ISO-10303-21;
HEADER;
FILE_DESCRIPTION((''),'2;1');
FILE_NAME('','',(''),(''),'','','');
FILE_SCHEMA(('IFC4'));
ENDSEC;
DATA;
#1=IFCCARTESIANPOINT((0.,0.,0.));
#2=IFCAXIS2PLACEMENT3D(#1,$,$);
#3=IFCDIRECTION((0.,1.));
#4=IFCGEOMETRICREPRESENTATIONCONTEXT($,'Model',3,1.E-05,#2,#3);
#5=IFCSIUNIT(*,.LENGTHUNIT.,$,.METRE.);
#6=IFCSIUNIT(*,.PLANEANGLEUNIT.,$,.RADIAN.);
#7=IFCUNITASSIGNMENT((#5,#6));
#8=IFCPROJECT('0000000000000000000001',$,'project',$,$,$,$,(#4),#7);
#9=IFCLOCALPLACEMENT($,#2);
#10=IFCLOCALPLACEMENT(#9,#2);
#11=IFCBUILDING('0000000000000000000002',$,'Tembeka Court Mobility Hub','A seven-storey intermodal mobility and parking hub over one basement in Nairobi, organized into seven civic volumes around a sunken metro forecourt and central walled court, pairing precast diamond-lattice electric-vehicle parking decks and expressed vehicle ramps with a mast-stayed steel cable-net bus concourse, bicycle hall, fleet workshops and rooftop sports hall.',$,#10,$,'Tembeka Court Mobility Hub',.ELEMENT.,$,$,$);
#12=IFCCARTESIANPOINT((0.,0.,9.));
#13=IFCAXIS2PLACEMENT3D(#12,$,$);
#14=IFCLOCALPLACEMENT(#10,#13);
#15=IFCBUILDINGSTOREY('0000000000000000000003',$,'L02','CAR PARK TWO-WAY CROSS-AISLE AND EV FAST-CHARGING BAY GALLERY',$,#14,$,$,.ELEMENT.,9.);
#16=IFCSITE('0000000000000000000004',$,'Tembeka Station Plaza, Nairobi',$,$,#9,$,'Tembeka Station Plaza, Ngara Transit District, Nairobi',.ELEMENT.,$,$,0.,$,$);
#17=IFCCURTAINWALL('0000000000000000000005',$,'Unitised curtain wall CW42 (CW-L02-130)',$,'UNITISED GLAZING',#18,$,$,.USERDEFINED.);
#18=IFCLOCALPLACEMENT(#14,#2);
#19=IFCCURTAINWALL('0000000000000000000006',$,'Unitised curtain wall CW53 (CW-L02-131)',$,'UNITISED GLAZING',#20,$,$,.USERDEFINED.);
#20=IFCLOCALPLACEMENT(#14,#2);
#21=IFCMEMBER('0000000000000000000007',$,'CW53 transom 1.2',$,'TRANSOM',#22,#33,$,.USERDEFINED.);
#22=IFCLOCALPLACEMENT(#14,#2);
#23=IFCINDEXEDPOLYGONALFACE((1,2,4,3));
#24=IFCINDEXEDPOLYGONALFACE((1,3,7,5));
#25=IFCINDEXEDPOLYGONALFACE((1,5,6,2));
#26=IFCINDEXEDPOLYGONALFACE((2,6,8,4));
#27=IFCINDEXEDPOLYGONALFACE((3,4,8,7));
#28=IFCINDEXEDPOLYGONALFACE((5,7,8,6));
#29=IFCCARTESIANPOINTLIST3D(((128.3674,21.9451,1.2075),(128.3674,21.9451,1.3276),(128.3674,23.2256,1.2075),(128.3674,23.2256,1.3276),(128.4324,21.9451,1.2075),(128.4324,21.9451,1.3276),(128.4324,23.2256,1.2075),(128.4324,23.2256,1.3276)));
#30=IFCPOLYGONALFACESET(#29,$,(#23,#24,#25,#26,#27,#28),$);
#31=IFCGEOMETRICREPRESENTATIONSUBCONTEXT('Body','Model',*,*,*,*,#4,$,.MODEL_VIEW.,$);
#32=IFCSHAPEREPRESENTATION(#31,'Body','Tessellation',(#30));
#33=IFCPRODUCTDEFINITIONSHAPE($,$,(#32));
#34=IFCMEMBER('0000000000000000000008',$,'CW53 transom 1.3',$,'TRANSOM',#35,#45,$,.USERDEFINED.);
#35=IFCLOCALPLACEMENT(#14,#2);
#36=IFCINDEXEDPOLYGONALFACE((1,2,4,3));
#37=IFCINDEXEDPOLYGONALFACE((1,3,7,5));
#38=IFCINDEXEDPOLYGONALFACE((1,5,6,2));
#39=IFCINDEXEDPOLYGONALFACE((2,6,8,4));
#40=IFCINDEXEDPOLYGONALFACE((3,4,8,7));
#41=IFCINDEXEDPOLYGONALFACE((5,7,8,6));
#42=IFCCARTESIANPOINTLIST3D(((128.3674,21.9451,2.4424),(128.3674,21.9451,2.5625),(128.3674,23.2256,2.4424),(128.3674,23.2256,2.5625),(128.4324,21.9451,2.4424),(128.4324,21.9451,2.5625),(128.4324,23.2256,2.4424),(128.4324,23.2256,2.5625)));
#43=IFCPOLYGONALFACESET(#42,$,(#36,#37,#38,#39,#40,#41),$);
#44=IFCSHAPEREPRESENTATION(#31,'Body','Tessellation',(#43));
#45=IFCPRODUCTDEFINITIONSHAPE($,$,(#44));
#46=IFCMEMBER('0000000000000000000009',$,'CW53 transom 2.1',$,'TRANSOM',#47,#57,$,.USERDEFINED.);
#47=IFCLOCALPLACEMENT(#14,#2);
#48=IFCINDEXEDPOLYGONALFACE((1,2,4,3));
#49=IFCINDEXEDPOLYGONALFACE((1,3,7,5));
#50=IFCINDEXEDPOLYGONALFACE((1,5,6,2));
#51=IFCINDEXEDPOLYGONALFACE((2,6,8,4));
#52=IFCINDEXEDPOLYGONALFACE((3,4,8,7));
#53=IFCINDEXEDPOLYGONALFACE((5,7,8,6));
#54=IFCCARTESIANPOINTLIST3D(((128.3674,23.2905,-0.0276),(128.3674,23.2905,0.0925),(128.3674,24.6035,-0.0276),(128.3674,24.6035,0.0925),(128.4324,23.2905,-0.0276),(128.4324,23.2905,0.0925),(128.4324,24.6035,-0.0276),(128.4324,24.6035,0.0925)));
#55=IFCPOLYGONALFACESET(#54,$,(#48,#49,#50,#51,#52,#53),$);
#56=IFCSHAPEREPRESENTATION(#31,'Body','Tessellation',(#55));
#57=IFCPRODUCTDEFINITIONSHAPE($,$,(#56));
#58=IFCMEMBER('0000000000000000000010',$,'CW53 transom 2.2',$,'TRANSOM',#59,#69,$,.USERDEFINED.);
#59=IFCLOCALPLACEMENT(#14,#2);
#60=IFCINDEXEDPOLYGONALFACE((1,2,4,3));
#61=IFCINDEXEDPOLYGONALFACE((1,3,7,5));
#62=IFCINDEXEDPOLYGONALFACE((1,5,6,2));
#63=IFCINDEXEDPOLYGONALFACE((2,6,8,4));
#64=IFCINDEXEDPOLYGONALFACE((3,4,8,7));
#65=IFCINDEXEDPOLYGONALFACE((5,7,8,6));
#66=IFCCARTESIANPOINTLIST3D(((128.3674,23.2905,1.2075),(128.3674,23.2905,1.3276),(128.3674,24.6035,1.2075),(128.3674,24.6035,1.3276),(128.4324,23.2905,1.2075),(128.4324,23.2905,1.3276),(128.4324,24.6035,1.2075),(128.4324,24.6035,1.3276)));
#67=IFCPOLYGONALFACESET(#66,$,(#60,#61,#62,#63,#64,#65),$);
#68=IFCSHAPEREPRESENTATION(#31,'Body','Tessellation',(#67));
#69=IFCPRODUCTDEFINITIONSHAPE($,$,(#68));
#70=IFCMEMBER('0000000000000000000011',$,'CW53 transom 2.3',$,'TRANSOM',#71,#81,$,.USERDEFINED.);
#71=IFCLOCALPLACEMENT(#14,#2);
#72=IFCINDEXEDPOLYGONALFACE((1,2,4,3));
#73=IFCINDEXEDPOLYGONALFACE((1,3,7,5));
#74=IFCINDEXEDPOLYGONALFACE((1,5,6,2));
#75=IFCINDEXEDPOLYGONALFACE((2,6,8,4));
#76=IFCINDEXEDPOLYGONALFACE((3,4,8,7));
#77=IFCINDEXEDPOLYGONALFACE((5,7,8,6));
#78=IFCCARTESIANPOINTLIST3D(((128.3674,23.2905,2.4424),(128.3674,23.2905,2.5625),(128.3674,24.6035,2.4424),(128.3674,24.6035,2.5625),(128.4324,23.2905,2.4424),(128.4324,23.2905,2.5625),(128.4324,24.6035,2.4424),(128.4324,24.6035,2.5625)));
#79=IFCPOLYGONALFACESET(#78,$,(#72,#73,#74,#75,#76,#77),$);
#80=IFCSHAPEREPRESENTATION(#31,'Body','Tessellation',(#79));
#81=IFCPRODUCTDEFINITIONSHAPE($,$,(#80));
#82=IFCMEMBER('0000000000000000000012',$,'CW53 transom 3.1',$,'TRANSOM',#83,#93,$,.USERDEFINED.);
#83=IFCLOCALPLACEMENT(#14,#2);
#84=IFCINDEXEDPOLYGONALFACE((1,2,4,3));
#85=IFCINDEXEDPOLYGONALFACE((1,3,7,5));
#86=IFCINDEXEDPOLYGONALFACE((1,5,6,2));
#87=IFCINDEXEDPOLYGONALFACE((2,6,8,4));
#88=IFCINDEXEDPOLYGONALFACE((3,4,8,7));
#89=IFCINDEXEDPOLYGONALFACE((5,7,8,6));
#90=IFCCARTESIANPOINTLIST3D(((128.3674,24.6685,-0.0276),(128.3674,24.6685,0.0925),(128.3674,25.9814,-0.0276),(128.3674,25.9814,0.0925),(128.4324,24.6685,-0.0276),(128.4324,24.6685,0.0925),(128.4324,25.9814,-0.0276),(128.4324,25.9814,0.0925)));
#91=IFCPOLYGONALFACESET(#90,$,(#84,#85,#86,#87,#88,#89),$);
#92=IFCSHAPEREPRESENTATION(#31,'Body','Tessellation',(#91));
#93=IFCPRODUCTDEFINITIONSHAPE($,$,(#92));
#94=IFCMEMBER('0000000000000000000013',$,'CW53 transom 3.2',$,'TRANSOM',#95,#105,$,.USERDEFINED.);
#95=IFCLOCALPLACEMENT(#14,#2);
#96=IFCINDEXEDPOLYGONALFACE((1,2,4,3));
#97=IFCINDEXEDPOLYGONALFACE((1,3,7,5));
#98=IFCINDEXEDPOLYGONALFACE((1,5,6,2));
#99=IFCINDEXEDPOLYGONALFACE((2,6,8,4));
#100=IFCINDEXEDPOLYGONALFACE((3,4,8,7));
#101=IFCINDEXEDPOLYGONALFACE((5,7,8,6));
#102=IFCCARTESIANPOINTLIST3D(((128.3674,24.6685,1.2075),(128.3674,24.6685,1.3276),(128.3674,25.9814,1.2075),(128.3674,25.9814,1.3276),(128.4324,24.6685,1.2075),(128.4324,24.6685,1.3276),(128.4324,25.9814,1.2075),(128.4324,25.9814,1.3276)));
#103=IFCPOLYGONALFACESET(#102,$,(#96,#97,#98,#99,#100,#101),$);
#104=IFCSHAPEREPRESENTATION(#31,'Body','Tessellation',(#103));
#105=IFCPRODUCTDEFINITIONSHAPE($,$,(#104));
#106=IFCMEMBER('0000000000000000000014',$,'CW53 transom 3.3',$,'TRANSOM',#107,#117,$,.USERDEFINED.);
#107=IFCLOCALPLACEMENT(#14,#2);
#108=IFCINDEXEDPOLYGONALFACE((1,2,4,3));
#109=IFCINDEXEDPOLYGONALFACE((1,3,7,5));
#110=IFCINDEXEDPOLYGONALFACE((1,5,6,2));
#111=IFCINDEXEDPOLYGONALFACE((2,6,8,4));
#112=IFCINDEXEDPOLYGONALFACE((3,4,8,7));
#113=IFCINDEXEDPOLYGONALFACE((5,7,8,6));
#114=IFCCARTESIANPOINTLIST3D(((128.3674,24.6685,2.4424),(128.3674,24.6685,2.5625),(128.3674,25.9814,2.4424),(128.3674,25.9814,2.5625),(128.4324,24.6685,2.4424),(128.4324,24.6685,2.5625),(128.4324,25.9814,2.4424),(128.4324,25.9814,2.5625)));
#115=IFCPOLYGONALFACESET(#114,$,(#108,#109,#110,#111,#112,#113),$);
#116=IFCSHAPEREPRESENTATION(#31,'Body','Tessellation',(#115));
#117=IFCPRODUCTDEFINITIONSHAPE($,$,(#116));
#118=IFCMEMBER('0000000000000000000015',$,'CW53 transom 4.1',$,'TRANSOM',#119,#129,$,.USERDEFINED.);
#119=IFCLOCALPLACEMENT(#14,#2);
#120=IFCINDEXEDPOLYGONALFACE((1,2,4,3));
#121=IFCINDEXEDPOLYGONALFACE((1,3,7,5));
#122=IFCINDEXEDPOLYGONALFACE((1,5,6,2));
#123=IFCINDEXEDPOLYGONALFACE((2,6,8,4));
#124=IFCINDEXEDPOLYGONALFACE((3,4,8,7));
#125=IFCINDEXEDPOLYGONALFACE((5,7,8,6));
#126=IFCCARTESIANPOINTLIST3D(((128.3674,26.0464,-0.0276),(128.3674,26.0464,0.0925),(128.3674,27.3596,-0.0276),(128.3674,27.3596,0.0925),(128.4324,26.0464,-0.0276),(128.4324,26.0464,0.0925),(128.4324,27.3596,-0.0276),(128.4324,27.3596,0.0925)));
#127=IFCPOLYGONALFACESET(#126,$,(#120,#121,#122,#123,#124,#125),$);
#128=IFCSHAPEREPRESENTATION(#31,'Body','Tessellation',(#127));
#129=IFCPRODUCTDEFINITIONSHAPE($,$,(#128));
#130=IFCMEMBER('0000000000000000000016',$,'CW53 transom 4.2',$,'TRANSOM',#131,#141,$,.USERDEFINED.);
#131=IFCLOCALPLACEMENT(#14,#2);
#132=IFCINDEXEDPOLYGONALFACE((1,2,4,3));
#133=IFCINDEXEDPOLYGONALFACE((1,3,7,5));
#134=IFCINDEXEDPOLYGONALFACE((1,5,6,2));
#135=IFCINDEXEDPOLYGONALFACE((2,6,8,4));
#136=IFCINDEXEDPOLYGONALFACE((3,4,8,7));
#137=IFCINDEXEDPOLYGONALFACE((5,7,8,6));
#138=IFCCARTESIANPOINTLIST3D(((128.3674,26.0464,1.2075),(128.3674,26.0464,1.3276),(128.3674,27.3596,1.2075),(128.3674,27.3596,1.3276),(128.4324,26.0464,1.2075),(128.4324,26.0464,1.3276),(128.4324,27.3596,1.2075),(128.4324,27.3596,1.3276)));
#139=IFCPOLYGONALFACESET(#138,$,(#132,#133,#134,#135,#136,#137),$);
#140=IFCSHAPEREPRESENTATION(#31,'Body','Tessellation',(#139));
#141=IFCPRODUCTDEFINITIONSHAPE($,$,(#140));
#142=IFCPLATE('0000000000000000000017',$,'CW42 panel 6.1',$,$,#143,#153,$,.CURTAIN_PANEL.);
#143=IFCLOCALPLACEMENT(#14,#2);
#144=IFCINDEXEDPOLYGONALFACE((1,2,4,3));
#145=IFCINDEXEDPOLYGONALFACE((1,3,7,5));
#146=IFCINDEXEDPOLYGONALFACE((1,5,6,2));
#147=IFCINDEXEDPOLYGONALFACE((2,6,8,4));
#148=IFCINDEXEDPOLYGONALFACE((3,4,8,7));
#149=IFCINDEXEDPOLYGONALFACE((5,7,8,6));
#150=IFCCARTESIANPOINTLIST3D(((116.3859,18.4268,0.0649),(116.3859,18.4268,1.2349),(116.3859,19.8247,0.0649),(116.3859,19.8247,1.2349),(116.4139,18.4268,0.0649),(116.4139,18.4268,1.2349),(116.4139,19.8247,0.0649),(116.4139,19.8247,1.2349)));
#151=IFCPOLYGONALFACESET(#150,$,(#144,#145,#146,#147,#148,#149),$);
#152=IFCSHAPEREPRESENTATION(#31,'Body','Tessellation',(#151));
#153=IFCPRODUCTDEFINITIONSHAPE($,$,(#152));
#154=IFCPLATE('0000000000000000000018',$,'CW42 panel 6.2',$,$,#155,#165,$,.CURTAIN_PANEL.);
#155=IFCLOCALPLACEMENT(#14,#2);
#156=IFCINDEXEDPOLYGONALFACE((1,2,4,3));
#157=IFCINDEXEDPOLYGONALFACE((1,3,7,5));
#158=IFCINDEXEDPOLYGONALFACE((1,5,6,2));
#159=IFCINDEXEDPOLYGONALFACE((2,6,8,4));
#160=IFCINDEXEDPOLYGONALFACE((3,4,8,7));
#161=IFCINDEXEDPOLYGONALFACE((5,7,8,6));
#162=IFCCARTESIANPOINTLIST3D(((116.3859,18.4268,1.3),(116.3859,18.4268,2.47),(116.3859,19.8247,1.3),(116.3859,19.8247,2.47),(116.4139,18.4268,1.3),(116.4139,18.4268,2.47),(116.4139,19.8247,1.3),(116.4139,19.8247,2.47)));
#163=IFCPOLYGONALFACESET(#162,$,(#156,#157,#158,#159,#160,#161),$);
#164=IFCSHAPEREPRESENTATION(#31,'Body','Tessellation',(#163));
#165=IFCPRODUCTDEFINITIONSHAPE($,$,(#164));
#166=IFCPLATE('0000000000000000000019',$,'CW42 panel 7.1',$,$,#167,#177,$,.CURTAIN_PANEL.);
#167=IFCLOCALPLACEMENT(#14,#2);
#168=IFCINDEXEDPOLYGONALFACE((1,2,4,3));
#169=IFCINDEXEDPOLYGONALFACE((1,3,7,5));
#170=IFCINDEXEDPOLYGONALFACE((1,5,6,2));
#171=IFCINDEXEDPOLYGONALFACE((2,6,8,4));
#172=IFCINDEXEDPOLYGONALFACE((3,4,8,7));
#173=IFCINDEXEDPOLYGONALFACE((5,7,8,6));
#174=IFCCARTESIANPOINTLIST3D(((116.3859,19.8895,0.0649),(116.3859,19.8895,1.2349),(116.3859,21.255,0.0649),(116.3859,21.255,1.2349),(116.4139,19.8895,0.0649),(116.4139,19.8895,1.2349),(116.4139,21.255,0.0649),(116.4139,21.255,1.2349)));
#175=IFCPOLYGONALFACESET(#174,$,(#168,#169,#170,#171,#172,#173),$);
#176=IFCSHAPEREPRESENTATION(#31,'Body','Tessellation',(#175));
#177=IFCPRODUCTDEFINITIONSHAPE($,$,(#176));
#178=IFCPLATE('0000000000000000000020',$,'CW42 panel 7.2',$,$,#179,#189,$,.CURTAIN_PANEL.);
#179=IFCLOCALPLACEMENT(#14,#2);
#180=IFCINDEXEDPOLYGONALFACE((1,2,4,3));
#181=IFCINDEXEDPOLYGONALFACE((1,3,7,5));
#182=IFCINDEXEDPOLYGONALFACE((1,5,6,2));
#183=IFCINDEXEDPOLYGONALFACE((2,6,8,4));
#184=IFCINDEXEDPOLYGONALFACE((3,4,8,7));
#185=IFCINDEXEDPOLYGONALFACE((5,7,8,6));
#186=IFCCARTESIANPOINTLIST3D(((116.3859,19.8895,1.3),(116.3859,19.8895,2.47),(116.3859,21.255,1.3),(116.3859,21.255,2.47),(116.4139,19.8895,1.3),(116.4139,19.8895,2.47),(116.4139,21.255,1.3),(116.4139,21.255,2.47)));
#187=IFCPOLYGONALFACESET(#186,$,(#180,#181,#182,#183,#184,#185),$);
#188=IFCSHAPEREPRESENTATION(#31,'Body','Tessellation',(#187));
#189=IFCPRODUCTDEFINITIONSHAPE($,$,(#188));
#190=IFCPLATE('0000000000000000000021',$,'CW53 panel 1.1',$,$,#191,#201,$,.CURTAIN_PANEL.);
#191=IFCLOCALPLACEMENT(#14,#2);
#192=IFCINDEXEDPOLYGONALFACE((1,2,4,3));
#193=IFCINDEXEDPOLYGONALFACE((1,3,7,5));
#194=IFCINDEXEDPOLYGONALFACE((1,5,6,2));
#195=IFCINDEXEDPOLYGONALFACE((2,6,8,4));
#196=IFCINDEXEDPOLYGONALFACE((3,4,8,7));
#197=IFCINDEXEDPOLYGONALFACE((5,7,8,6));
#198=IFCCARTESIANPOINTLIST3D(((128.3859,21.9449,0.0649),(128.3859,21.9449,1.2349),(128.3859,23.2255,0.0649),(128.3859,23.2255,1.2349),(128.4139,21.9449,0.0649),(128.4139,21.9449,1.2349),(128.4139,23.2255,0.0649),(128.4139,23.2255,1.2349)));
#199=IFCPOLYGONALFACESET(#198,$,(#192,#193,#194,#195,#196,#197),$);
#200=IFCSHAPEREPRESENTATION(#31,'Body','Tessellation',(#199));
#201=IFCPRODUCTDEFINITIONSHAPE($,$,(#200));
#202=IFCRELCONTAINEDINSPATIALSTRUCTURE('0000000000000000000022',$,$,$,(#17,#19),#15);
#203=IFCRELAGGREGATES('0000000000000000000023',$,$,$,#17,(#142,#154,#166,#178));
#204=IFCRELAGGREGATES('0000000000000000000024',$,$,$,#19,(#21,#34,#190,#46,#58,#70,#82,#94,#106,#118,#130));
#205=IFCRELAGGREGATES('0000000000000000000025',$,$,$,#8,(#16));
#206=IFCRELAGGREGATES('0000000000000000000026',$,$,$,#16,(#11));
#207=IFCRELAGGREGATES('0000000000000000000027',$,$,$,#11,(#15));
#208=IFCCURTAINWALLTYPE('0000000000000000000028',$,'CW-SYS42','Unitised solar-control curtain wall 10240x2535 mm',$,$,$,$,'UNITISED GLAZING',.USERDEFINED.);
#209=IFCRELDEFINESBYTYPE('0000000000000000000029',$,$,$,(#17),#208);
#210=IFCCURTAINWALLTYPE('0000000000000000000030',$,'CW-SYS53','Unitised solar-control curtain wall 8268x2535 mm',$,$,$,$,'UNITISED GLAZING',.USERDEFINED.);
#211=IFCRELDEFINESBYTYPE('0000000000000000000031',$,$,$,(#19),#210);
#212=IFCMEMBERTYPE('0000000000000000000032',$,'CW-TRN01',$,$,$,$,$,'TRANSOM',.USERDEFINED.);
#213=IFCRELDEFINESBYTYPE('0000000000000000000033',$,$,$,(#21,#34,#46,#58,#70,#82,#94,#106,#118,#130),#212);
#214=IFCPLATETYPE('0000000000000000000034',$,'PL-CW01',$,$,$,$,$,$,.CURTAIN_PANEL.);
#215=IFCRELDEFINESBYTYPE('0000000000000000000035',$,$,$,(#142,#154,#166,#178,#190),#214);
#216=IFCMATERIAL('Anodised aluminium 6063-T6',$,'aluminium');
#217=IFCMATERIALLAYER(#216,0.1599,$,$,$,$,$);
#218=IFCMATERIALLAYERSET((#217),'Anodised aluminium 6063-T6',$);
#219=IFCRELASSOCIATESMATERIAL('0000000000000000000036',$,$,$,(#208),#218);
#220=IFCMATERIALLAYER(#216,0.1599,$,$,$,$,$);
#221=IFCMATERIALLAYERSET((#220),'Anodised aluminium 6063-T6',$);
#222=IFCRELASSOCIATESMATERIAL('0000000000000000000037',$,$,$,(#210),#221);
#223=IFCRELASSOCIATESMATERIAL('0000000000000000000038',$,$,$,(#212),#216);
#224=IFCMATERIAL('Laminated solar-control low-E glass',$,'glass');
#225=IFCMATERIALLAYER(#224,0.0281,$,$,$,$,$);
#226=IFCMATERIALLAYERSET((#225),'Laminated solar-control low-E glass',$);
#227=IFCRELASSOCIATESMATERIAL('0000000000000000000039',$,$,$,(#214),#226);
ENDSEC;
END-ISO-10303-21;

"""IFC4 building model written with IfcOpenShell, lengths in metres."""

from ifc_helpers import new_model, si_unit, direction, frame, origin, origin_2d, place, context, subcontext, project, spatial, rectangle, extrude, material, layer, layer_set, material_profile, profile_set, type_object, element, aggregate, save


model = new_model("IFC4")

# Units and contexts
model_context = context("Model", 3, precision=1e-05, world=origin(), true_north=direction((0.0, 1.0)))
body_context = subcontext(model_context, "Body", "Model", "MODEL_VIEW")
ifc_project = project(units=[si_unit("LENGTHUNIT", "METRE"), si_unit("PLANEANGLEUNIT", "RADIAN")], contexts=[model_context])

# Site, building, storey
site_placement = place(None, origin())
site = spatial("IfcSite", under=ifc_project, at=site_placement, Name="Tembeka Station Plaza, Nairobi", LongName="Tembeka Station Plaza, Ngara Transit District, Nairobi", CompositionType="ELEMENT", RefElevation=0.0)
building_placement = place(site_placement, origin())
building = spatial("IfcBuilding", under=site, at=building_placement, Name="Tembeka Court Mobility Hub", Description="A seven-storey intermodal mobility and parking hub over one basement in Nairobi, organized into seven civic volumes around a sunken metro forecourt and central walled court, pairing precast diamond-lattice electric-vehicle parking decks and expressed vehicle ramps with a mast-stayed steel cable-net bus concourse, bicycle hall, fleet workshops and rooftop sports hall.", LongName="Tembeka Court Mobility Hub", CompositionType="ELEMENT")
storey_placement = place(building_placement, frame((0.0, 0.0, 9.0)))
storey = spatial("IfcBuildingStorey", under=building, at=storey_placement, Name="L02", Description="CAR PARK TWO-WAY CROSS-AISLE AND EV FAST-CHARGING BAY GALLERY", CompositionType="ELEMENT", Elevation=9.0)

# Curtain walls
ifc_material_1 = material(Name="Anodised aluminium 6063-T6", Category="aluminium")
ifc_layer_1 = layer(ifc_material_1, 0.1599)
ifc_layer_set_1 = layer_set([ifc_layer_1], Name="Anodised aluminium 6063-T6")
curtain_wall_type_1 = type_object("IfcCurtainWallType", Name="CW-SYS42", Description="Unitised solar-control curtain wall 10240x2535 mm", ElementType="UNITISED GLAZING", PredefinedType="USERDEFINED", material=ifc_layer_set_1)
curtain_wall_1_placement = place(storey_placement, origin())
curtain_wall_1 = element("IfcCurtainWall", 1, at=curtain_wall_1_placement, inside=storey, type_object=curtain_wall_type_1, Name="Unitised curtain wall CW42 (CW-L02-130)", ObjectType="UNITISED GLAZING", PredefinedType="USERDEFINED")
ifc_layer_2 = layer(ifc_material_1, 0.1599)
ifc_layer_set_2 = layer_set([ifc_layer_2], Name="Anodised aluminium 6063-T6")
curtain_wall_type_2 = type_object("IfcCurtainWallType", Name="CW-SYS53", Description="Unitised solar-control curtain wall 8268x2535 mm", ElementType="UNITISED GLAZING", PredefinedType="USERDEFINED", material=ifc_layer_set_2)
curtain_wall_2_placement = place(storey_placement, origin())
curtain_wall_2 = element("IfcCurtainWall", 2, at=curtain_wall_2_placement, inside=storey, type_object=curtain_wall_type_2, Name="Unitised curtain wall CW53 (CW-L02-131)", ObjectType="UNITISED GLAZING", PredefinedType="USERDEFINED")

# Members
ifc_material_profile_1 = material_profile(ifc_material_1, rectangle(XDim=0.0649, YDim=0.1201, at=origin_2d()), Name="ALU-TRN 65x120")
ifc_profile_set_1 = profile_set([ifc_material_profile_1], Name="Anodised aluminium 6063-T6")
member_type_1 = type_object("IfcMemberType", Name="CW-TRN01", ElementType="TRANSOM", PredefinedType="USERDEFINED", material=ifc_profile_set_1)
member_1_placement = place(storey_placement, frame((128.3999, 21.9451, 1.2676), z_axis=(0.0, 1.0, 0.0), x_axis=(-1.0, 0.0, 0.0)))
member_1 = element("IfcMember", 3, at=member_1_placement, type_object=member_type_1, Name="CW53 transom 1.2", ObjectType="TRANSOM", PredefinedType="USERDEFINED", context=body_context, shape_type="SweptSolid", body=[
    extrude(rectangle(XDim=0.0649, YDim=0.1201, at=origin_2d()), origin(), (0.0, 0.0, 1.0), 1.2805),
])
member_2_placement = place(storey_placement, frame((128.3999, 21.9451, 2.5024), z_axis=(0.0, 1.0, 0.0), x_axis=(-1.0, 0.0, 0.0)))
member_2 = element("IfcMember", 4, at=member_2_placement, type_object=member_type_1, Name="CW53 transom 1.3", ObjectType="TRANSOM", PredefinedType="USERDEFINED", context=body_context, shape_type="SweptSolid", body=[
    extrude(rectangle(XDim=0.0649, YDim=0.1201, at=origin_2d()), origin(), (0.0, 0.0, 1.0), 1.2805),
])
member_3_placement = place(storey_placement, frame((128.3999, 23.2905, 0.0325), z_axis=(0.0, 1.0, 0.0), x_axis=(-1.0, 0.0, 0.0)))
member_3 = element("IfcMember", 5, at=member_3_placement, type_object=member_type_1, Name="CW53 transom 2.1", ObjectType="TRANSOM", PredefinedType="USERDEFINED", context=body_context, shape_type="SweptSolid", body=[
    extrude(rectangle(XDim=0.0649, YDim=0.1201, at=origin_2d()), origin(), (0.0, 0.0, 1.0), 1.313),
])
member_4_placement = place(storey_placement, frame((128.3999, 23.2905, 1.2676), z_axis=(0.0, 1.0, 0.0), x_axis=(-1.0, 0.0, 0.0)))
member_4 = element("IfcMember", 6, at=member_4_placement, type_object=member_type_1, Name="CW53 transom 2.2", ObjectType="TRANSOM", PredefinedType="USERDEFINED", context=body_context, shape_type="SweptSolid", body=[
    extrude(rectangle(XDim=0.0649, YDim=0.1201, at=origin_2d()), origin(), (0.0, 0.0, 1.0), 1.313),
])
member_5_placement = place(storey_placement, frame((128.3999, 23.2905, 2.5024), z_axis=(0.0, 1.0, 0.0), x_axis=(-1.0, 0.0, 0.0)))
member_5 = element("IfcMember", 7, at=member_5_placement, type_object=member_type_1, Name="CW53 transom 2.3", ObjectType="TRANSOM", PredefinedType="USERDEFINED", context=body_context, shape_type="SweptSolid", body=[
    extrude(rectangle(XDim=0.0649, YDim=0.1201, at=origin_2d()), origin(), (0.0, 0.0, 1.0), 1.313),
])
member_6_placement = place(storey_placement, frame((128.3999, 24.6685, 0.0325), z_axis=(0.0, 1.0, 0.0), x_axis=(-1.0, 0.0, 0.0)))
member_6 = element("IfcMember", 8, at=member_6_placement, type_object=member_type_1, Name="CW53 transom 3.1", ObjectType="TRANSOM", PredefinedType="USERDEFINED", context=body_context, shape_type="SweptSolid", body=[
    extrude(rectangle(XDim=0.0649, YDim=0.1201, at=origin_2d()), origin(), (0.0, 0.0, 1.0), 1.313),
])
member_7_placement = place(storey_placement, frame((128.3999, 24.6685, 1.2676), z_axis=(0.0, 1.0, 0.0), x_axis=(-1.0, 0.0, 0.0)))
member_7 = element("IfcMember", 9, at=member_7_placement, type_object=member_type_1, Name="CW53 transom 3.2", ObjectType="TRANSOM", PredefinedType="USERDEFINED", context=body_context, shape_type="SweptSolid", body=[
    extrude(rectangle(XDim=0.0649, YDim=0.1201, at=origin_2d()), origin(), (0.0, 0.0, 1.0), 1.313),
])
member_8_placement = place(storey_placement, frame((128.3999, 24.6685, 2.5024), z_axis=(0.0, 1.0, 0.0), x_axis=(-1.0, 0.0, 0.0)))
member_8 = element("IfcMember", 10, at=member_8_placement, type_object=member_type_1, Name="CW53 transom 3.3", ObjectType="TRANSOM", PredefinedType="USERDEFINED", context=body_context, shape_type="SweptSolid", body=[
    extrude(rectangle(XDim=0.0649, YDim=0.1201, at=origin_2d()), origin(), (0.0, 0.0, 1.0), 1.313),
])
member_9_placement = place(storey_placement, frame((128.3999, 26.0464, 0.0325), z_axis=(0.0, 1.0, 0.0), x_axis=(-1.0, 0.0, 0.0)))
member_9 = element("IfcMember", 11, at=member_9_placement, type_object=member_type_1, Name="CW53 transom 4.1", ObjectType="TRANSOM", PredefinedType="USERDEFINED", context=body_context, shape_type="SweptSolid", body=[
    extrude(rectangle(XDim=0.0649, YDim=0.1201, at=origin_2d()), origin(), (0.0, 0.0, 1.0), 1.3132),
])
member_10_placement = place(storey_placement, frame((128.3999, 26.0464, 1.2676), z_axis=(0.0, 1.0, 0.0), x_axis=(-1.0, 0.0, 0.0)))
member_10 = element("IfcMember", 12, at=member_10_placement, type_object=member_type_1, Name="CW53 transom 4.2", ObjectType="TRANSOM", PredefinedType="USERDEFINED", context=body_context, shape_type="SweptSolid", body=[
    extrude(rectangle(XDim=0.0649, YDim=0.1201, at=origin_2d()), origin(), (0.0, 0.0, 1.0), 1.3132),
])

# Plates
ifc_material_2 = material(Name="Laminated solar-control low-E glass", Category="glass")
ifc_layer_3 = layer(ifc_material_2, 0.0281)
ifc_layer_set_3 = layer_set([ifc_layer_3], Name="Laminated solar-control low-E glass")
plate_type = type_object("IfcPlateType", Name="PL-CW01", PredefinedType="CURTAIN_PANEL", material=ifc_layer_set_3)
plate_1_placement = place(storey_placement, frame((116.3999, 19.1257, 0.0649), z_axis=(0.0, 0.0, 1.0), x_axis=(0.0, 1.0, 0.0)))
plate_1 = element("IfcPlate", 13, at=plate_1_placement, type_object=plate_type, Name="CW42 panel 6.1", PredefinedType="CURTAIN_PANEL", context=body_context, shape_type="SweptSolid", body=[
    extrude(rectangle(XDim=1.3979, YDim=0.0281, at=origin_2d()), origin(), (0.0, 0.0, 1.0), 1.1699),
])
plate_2_placement = place(storey_placement, frame((116.3999, 19.1257, 1.3), z_axis=(0.0, 0.0, 1.0), x_axis=(0.0, 1.0, 0.0)))
plate_2 = element("IfcPlate", 14, at=plate_2_placement, type_object=plate_type, Name="CW42 panel 6.2", PredefinedType="CURTAIN_PANEL", context=body_context, shape_type="SweptSolid", body=[
    extrude(rectangle(XDim=1.3979, YDim=0.0281, at=origin_2d()), origin(), (0.0, 0.0, 1.0), 1.1699),
])
plate_3_placement = place(storey_placement, frame((116.3999, 20.5723, 0.0649), z_axis=(0.0, 0.0, 1.0), x_axis=(0.0, 1.0, 0.0)))
plate_3 = element("IfcPlate", 15, at=plate_3_placement, type_object=plate_type, Name="CW42 panel 7.1", PredefinedType="CURTAIN_PANEL", context=body_context, shape_type="SweptSolid", body=[
    extrude(rectangle(XDim=1.3655, YDim=0.0281, at=origin_2d()), origin(), (0.0, 0.0, 1.0), 1.1699),
])
plate_4_placement = place(storey_placement, frame((116.3999, 20.5723, 1.3), z_axis=(0.0, 0.0, 1.0), x_axis=(0.0, 1.0, 0.0)))
plate_4 = element("IfcPlate", 16, at=plate_4_placement, type_object=plate_type, Name="CW42 panel 7.2", PredefinedType="CURTAIN_PANEL", context=body_context, shape_type="SweptSolid", body=[
    extrude(rectangle(XDim=1.3655, YDim=0.0281, at=origin_2d()), origin(), (0.0, 0.0, 1.0), 1.1699),
])
aggregate(curtain_wall_1, [plate_1, plate_2, plate_3, plate_4])
plate_5_placement = place(storey_placement, frame((128.3999, 22.5852, 0.0649), z_axis=(0.0, 0.0, 1.0), x_axis=(0.0, 1.0, 0.0)))
plate_5 = element("IfcPlate", 17, at=plate_5_placement, type_object=plate_type, Name="CW53 panel 1.1", PredefinedType="CURTAIN_PANEL", context=body_context, shape_type="SweptSolid", body=[
    extrude(rectangle(XDim=1.2805, YDim=0.0281, at=origin_2d()), origin(), (0.0, 0.0, 1.0), 1.1699),
])
aggregate(curtain_wall_2, [member_1, member_2, plate_5, member_3, member_4, member_5, member_6, member_7, member_8, member_9, member_10])

save(model, "model.ifc")
